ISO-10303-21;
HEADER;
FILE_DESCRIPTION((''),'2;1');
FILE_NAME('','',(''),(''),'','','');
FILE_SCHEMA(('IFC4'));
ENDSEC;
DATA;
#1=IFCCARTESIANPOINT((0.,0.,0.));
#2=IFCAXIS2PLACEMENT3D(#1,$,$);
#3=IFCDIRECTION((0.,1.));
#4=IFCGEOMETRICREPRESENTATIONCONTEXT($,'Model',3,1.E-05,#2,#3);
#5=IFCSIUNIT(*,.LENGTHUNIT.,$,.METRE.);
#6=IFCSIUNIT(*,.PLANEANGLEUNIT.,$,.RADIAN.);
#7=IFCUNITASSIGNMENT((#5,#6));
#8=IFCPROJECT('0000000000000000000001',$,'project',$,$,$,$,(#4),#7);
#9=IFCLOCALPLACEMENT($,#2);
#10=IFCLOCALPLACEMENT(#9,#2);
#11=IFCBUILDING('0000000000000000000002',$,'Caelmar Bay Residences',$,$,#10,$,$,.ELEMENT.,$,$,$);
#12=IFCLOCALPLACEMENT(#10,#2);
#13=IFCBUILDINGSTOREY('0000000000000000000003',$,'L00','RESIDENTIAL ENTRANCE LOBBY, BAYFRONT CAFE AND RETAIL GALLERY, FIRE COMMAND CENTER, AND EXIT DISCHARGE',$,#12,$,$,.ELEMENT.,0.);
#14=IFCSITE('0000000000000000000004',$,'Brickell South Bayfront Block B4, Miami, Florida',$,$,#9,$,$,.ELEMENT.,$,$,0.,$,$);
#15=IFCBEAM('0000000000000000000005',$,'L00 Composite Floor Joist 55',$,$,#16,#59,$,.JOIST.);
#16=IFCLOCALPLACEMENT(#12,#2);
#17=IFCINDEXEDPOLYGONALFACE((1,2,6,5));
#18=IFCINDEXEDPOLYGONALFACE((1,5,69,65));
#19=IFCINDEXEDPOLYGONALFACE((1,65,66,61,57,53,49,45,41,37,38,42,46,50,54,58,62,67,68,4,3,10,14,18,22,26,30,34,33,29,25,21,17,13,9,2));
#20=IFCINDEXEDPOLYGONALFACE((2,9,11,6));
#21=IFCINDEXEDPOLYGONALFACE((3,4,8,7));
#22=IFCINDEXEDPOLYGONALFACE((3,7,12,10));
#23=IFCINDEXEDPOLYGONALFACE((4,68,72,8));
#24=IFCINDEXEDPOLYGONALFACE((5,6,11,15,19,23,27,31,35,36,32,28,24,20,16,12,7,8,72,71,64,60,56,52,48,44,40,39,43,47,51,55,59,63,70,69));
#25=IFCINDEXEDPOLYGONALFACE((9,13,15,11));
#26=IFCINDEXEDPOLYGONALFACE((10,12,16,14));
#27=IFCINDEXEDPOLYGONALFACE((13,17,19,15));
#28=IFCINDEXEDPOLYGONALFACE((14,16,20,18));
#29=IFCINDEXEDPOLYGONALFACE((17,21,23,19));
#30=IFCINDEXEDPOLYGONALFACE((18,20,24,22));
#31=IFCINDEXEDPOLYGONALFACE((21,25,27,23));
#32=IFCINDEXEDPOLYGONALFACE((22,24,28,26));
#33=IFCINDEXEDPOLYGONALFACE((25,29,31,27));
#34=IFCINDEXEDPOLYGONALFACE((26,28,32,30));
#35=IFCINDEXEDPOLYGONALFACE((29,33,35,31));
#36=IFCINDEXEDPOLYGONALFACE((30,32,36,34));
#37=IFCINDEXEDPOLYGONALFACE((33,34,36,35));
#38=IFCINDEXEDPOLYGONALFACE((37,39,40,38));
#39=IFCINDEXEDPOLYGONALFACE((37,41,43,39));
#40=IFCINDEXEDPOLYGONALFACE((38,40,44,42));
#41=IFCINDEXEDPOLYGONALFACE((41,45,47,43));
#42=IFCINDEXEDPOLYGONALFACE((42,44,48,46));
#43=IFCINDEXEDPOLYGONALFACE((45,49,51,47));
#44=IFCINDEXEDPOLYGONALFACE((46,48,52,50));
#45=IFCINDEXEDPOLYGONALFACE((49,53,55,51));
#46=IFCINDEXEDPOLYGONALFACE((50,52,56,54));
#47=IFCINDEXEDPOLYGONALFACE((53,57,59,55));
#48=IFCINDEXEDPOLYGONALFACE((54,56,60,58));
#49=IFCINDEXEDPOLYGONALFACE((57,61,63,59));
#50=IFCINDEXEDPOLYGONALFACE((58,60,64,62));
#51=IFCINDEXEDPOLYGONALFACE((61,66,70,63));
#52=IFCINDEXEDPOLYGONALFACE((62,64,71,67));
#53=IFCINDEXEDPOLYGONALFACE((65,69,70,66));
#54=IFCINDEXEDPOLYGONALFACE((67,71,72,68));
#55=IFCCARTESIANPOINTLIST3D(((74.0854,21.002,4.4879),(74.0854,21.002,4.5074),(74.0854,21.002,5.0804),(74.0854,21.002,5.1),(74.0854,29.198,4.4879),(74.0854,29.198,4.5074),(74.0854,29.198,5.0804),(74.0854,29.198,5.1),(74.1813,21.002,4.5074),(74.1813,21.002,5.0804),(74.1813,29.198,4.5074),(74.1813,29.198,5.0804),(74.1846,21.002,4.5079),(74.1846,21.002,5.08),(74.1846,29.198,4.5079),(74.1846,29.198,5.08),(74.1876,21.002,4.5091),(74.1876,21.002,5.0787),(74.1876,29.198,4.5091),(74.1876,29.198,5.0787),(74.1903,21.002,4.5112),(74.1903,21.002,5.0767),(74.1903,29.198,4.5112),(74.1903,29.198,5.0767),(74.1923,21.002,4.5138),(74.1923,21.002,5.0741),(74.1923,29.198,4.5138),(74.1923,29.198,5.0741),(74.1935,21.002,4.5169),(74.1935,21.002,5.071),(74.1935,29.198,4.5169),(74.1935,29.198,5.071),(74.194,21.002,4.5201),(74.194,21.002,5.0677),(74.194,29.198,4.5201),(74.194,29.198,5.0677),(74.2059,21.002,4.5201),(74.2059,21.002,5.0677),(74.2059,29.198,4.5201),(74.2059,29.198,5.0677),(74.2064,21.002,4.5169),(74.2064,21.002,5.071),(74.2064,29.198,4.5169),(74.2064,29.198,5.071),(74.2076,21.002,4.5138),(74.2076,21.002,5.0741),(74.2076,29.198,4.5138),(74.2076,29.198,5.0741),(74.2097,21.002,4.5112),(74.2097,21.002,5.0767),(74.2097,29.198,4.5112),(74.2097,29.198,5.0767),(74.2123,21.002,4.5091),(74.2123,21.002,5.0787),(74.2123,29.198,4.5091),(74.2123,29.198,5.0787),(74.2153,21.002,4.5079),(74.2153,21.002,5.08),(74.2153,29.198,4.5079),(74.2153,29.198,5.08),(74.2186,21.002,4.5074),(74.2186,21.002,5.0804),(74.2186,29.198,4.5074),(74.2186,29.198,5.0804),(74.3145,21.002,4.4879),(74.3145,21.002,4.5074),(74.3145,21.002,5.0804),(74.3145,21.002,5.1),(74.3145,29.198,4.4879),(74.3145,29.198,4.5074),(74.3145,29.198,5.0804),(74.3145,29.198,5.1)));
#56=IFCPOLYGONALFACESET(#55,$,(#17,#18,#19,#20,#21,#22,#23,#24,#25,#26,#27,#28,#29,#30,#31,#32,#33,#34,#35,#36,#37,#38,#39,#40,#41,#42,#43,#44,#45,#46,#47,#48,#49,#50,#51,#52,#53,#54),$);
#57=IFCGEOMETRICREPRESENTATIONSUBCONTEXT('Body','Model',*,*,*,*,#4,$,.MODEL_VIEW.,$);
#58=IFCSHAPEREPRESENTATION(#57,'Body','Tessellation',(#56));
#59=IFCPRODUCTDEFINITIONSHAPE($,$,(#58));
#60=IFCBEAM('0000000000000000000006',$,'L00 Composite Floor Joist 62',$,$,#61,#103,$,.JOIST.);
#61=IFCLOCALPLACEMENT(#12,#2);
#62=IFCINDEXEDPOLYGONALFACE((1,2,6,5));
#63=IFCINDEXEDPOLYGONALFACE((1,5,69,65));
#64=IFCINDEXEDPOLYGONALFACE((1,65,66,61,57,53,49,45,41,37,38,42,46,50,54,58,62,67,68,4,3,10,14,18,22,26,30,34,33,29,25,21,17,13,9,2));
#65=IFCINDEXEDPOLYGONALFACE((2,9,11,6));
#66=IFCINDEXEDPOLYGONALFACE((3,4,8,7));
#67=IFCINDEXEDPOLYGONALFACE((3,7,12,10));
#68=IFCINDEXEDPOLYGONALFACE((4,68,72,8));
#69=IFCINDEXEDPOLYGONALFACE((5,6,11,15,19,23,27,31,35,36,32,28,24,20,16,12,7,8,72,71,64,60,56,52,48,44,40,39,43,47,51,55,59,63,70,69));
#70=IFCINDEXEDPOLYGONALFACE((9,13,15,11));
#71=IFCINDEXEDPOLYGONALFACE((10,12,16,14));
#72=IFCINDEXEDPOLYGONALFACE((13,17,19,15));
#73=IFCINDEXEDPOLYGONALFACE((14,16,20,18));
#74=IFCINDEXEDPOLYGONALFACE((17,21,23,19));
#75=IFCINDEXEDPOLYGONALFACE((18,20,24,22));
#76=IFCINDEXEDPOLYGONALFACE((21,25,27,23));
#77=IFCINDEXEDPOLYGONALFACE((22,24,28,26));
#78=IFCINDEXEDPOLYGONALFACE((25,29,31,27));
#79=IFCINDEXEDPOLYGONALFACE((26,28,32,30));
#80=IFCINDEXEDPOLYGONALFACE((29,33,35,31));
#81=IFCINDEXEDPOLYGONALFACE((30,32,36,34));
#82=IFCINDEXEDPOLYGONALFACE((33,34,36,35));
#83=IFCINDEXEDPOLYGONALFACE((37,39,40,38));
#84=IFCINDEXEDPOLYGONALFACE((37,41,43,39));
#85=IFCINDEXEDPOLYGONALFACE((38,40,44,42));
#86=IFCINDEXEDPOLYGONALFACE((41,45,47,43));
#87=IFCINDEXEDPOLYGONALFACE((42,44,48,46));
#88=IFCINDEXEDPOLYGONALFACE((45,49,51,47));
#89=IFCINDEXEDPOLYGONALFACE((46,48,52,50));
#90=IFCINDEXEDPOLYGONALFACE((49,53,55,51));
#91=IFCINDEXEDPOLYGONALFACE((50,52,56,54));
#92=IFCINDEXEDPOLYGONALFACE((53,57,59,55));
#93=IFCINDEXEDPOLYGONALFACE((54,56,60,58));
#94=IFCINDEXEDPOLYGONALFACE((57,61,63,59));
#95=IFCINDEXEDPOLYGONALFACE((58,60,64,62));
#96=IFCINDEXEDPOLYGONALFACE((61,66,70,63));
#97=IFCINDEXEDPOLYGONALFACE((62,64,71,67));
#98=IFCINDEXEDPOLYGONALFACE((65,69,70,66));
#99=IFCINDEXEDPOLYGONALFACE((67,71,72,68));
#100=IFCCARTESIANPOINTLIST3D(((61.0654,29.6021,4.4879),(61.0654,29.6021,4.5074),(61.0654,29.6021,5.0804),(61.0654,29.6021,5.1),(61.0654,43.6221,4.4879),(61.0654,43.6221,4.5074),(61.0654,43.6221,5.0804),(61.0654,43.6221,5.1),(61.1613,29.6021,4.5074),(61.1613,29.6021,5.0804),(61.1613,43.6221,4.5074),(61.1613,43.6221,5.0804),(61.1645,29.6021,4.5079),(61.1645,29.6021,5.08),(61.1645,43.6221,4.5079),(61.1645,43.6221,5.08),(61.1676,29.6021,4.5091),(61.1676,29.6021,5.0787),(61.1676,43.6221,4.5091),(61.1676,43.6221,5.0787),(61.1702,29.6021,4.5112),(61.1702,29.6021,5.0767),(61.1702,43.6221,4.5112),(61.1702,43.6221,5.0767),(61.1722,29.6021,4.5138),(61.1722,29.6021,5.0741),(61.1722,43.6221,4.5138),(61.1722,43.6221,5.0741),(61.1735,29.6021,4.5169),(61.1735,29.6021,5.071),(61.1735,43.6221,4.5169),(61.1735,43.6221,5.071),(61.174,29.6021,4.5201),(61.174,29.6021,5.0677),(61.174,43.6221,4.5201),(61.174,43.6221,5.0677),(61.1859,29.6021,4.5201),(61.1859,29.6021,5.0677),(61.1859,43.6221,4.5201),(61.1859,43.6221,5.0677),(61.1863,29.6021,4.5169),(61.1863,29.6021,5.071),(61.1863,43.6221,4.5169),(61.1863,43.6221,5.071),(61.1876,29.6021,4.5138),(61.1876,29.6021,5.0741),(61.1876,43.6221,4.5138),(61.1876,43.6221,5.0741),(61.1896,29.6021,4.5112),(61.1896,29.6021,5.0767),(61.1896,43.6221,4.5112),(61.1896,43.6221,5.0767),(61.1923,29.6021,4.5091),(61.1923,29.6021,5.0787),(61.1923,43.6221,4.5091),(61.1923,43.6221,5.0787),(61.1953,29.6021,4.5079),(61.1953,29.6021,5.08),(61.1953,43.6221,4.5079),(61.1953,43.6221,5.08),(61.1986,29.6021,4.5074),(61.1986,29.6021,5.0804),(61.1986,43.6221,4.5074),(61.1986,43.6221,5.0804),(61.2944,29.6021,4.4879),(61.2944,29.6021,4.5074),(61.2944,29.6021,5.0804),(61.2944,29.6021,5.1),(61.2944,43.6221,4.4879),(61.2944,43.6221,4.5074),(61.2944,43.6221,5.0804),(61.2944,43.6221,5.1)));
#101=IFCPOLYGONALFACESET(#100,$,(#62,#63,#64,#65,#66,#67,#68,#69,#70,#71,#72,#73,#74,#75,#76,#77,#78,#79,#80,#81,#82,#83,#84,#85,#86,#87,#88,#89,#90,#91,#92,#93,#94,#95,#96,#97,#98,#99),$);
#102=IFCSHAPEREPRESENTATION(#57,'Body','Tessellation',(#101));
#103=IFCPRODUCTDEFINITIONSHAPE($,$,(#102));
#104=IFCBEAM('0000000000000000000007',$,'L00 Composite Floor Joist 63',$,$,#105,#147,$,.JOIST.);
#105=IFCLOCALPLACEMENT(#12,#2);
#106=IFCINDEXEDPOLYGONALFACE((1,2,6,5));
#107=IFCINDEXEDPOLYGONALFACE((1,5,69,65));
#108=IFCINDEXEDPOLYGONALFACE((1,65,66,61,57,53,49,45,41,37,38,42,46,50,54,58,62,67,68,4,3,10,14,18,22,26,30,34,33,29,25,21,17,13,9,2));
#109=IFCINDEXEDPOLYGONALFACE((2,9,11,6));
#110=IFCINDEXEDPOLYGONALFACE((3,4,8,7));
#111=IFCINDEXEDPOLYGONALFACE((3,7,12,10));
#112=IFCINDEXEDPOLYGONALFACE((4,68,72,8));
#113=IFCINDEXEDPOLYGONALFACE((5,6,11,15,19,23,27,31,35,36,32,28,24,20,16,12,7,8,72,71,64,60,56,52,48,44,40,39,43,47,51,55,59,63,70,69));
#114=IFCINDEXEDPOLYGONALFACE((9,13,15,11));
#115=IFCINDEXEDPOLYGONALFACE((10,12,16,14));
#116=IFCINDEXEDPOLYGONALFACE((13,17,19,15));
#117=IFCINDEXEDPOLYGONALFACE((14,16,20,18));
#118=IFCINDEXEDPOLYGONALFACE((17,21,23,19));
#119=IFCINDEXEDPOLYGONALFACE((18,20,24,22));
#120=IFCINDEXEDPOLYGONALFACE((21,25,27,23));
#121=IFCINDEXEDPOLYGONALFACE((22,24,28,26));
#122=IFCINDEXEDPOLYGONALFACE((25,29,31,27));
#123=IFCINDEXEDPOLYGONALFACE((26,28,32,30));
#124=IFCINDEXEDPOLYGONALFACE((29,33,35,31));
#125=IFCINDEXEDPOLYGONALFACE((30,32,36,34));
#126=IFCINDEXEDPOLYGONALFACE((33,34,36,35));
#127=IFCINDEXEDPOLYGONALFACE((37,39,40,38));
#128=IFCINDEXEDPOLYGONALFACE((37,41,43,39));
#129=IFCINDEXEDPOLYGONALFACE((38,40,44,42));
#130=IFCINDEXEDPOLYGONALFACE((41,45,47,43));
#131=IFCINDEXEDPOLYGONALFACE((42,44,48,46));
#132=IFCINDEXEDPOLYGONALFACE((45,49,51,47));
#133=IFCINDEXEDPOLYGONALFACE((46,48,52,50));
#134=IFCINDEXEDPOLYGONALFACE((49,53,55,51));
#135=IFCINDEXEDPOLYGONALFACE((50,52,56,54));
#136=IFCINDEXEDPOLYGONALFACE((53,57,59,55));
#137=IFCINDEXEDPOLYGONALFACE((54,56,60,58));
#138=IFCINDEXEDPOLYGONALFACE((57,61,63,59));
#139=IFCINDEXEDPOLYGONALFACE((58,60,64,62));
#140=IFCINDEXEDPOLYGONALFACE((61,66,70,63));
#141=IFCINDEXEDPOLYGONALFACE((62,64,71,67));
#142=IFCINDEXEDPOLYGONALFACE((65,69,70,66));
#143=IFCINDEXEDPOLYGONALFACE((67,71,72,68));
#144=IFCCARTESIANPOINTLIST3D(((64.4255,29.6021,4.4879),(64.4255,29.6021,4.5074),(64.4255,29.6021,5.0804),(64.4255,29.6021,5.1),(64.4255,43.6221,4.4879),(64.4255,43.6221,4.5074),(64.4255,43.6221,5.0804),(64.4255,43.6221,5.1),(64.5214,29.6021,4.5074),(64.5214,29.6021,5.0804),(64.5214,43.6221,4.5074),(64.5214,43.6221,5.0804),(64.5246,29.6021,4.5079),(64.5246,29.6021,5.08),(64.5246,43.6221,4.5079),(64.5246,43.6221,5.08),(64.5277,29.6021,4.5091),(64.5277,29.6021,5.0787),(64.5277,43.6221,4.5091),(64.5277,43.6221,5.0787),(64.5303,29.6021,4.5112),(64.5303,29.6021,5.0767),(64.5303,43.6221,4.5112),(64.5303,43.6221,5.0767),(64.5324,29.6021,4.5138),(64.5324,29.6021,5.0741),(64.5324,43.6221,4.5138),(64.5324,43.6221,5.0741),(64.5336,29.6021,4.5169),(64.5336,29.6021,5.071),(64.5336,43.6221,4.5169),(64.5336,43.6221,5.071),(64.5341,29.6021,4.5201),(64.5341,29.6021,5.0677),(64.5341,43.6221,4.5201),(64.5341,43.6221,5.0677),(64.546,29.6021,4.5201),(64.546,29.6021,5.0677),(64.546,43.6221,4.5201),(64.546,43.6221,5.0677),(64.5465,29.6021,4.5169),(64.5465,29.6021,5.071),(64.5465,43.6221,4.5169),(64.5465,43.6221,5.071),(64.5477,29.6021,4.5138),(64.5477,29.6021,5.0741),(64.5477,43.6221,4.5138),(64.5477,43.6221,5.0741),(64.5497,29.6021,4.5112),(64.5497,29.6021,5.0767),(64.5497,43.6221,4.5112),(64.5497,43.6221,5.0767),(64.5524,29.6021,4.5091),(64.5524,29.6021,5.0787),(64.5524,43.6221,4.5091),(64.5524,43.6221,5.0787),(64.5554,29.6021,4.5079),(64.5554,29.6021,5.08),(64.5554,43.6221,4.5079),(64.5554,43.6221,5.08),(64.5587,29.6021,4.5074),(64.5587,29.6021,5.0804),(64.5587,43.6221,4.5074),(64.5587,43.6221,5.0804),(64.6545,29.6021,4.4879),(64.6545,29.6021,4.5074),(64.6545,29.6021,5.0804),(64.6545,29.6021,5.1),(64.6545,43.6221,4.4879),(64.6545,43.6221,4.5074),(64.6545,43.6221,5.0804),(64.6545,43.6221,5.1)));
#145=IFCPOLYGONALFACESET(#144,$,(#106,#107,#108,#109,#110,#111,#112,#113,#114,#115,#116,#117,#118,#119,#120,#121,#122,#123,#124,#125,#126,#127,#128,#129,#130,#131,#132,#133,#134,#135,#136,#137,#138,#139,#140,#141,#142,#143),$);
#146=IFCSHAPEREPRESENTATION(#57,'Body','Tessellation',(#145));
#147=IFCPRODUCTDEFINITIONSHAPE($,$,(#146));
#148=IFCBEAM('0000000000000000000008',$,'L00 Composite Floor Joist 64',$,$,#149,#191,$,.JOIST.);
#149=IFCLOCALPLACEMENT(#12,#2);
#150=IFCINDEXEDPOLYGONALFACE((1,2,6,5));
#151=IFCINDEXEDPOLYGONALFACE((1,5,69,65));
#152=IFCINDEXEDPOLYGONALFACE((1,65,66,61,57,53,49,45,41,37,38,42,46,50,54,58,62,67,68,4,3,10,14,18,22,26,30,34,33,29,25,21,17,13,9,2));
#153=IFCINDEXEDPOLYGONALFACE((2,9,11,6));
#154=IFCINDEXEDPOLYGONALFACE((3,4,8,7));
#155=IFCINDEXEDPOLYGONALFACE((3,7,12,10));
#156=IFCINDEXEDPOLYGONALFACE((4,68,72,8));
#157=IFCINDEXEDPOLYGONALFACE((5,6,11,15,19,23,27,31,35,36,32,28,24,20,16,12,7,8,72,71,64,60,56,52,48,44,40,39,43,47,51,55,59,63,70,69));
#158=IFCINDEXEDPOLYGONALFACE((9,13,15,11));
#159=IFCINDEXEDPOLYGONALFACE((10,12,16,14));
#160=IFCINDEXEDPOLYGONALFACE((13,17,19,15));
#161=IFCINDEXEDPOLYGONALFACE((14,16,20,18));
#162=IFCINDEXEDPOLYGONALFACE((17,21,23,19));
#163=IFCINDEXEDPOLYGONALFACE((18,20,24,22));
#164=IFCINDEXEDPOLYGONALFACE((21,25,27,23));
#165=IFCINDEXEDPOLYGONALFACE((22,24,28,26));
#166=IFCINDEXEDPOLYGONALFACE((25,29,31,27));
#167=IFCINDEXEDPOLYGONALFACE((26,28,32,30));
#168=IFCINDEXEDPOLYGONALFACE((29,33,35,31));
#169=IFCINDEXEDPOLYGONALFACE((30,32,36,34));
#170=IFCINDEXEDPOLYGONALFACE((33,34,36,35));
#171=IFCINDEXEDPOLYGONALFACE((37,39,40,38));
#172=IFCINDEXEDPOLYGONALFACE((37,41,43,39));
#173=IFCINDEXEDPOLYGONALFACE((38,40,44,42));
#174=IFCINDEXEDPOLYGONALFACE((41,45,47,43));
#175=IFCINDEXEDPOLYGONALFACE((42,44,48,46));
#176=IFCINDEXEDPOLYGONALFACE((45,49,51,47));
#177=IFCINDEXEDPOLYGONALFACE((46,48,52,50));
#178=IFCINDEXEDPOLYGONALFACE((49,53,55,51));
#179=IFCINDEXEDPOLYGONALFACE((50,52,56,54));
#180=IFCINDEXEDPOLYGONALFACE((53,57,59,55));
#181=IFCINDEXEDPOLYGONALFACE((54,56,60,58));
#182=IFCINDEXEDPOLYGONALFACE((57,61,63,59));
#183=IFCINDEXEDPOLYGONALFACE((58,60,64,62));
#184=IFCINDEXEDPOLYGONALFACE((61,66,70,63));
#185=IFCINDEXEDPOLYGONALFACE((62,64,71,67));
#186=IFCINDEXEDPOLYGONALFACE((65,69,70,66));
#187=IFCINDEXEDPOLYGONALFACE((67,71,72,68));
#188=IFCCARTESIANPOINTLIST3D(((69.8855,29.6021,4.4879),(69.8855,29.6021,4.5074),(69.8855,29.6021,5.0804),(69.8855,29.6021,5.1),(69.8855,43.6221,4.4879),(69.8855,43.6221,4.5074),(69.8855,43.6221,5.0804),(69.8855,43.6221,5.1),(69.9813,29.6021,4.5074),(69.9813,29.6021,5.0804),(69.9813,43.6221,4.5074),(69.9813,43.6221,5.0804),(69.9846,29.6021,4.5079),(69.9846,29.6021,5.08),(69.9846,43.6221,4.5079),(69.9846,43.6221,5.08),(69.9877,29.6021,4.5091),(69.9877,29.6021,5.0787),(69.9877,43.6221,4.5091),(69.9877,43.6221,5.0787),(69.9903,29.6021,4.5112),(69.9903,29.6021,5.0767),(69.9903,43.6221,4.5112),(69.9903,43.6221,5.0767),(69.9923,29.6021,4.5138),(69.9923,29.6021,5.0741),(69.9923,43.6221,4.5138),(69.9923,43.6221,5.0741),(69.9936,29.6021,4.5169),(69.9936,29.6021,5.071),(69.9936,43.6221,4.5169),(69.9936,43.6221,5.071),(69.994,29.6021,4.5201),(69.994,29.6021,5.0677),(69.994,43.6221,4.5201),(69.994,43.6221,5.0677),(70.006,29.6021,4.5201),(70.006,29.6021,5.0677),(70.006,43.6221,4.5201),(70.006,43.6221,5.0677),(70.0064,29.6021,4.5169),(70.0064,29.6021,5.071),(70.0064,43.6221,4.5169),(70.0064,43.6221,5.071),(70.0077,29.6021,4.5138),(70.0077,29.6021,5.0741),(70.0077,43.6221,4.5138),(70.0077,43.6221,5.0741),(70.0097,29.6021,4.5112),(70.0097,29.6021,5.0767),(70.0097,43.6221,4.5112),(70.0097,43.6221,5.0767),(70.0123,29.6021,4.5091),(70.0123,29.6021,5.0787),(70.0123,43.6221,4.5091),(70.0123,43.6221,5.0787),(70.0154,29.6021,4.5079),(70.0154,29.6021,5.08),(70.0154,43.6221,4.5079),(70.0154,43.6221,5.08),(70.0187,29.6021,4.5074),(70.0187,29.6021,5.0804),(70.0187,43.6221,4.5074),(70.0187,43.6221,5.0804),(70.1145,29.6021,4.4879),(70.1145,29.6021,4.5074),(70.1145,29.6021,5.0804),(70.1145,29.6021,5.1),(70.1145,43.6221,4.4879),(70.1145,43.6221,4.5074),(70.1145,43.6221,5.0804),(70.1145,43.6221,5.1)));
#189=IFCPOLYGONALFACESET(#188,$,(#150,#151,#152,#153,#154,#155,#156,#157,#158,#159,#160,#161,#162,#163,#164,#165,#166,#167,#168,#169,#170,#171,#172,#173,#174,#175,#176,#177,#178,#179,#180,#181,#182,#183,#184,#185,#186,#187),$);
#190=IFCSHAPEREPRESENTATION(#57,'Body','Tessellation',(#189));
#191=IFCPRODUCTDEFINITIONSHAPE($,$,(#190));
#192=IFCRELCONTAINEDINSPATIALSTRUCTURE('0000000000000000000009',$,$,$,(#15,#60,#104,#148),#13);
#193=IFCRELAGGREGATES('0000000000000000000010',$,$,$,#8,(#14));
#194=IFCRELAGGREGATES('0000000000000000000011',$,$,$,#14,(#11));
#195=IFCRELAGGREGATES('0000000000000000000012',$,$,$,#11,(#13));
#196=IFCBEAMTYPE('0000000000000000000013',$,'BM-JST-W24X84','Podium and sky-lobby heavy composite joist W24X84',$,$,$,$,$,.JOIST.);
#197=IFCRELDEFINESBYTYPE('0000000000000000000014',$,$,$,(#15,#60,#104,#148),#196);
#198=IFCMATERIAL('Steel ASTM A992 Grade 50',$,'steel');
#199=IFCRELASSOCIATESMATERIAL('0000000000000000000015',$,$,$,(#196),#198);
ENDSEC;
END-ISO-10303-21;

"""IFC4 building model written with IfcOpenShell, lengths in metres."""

from ifc_helpers import new_model, si_unit, direction, frame, origin, origin_2d, place, context, subcontext, project, spatial, i_section, extrude, material, material_profile, profile_set, type_object, element, save


model = new_model("IFC4")

# Units and contexts
model_context = context("Model", 3, precision=1e-05, world=origin(), true_north=direction((0.0, 1.0)))
body_context = subcontext(model_context, "Body", "Model", "MODEL_VIEW")
ifc_project = project(units=[si_unit("LENGTHUNIT", "METRE"), si_unit("PLANEANGLEUNIT", "RADIAN")], contexts=[model_context])

# Site, building, storey
site_placement = place(None, origin())
site = spatial("IfcSite", under=ifc_project, at=site_placement, Name="Brickell South Bayfront Block B4, Miami, Florida", CompositionType="ELEMENT", RefElevation=0.0)
building_placement = place(site_placement, origin())
building = spatial("IfcBuilding", under=site, at=building_placement, Name="Caelmar Bay Residences", CompositionType="ELEMENT")
storey_placement = place(building_placement, origin())
storey = spatial("IfcBuildingStorey", under=building, at=storey_placement, Name="L00", Description="RESIDENTIAL ENTRANCE LOBBY, BAYFRONT CAFE AND RETAIL GALLERY, FIRE COMMAND CENTER, AND EXIT DISCHARGE", CompositionType="ELEMENT", Elevation=0.0)

# Beams
ifc_material_1 = material(Name="Steel ASTM A992 Grade 50", Category="steel")
ifc_material_profile_1 = material_profile(ifc_material_1, i_section(OverallWidth=0.229, OverallDepth=0.6121, WebThickness=0.012, FlangeThickness=0.0195, FilletRadius=0.0127, at=origin_2d()), Name="W24X84")
ifc_profile_set_1 = profile_set([ifc_material_profile_1], Name="Steel ASTM A992 Grade 50")
beam_type_1 = type_object("IfcBeamType", Name="BM-JST-W24X84", Description="Podium and sky-lobby heavy composite joist W24X84", PredefinedType="JOIST", material=ifc_profile_set_1)
for number, where, z_axis, x_axis, name in (
    (1, (74.2, 21.002, 4.7939), (0.0, 1.0, 0.0), (-1.0, 0.0, 0.0), "L00 Composite Floor Joist 55"),
):
    element("IfcBeam", number, at=place(storey_placement, frame(where, z_axis=z_axis, x_axis=x_axis)), inside=storey, type_object=beam_type_1, Name=name, PredefinedType="JOIST", context=body_context, shape_type="SweptSolid", body=[
        extrude(i_section(OverallWidth=0.229, OverallDepth=0.6121, WebThickness=0.012, FlangeThickness=0.0195, FilletRadius=0.0127, at=origin_2d()), origin(), (0.0, 0.0, 1.0), 8.196),
    ])
for number, where, z_axis, x_axis, name in (
    (2, (61.1799, 29.6021, 4.7939), (0.0, 1.0, 0.0), (-1.0, 0.0, 0.0), "L00 Composite Floor Joist 62"),
    (3, (64.54, 29.6021, 4.7939), (0.0, 1.0, 0.0), (-1.0, 0.0, 0.0), "L00 Composite Floor Joist 63"),
    (4, (70.0, 29.6021, 4.7939), (0.0, 1.0, 0.0), (-1.0, 0.0, 0.0), "L00 Composite Floor Joist 64"),
):
    element("IfcBeam", number, at=place(storey_placement, frame(where, z_axis=z_axis, x_axis=x_axis)), inside=storey, type_object=beam_type_1, Name=name, PredefinedType="JOIST", context=body_context, shape_type="SweptSolid", body=[
        extrude(i_section(OverallWidth=0.229, OverallDepth=0.6121, WebThickness=0.012, FlangeThickness=0.0195, FilletRadius=0.0127, at=origin_2d()), origin(), (0.0, 0.0, 1.0), 14.02),
    ])

save(model, "model.ifc")
